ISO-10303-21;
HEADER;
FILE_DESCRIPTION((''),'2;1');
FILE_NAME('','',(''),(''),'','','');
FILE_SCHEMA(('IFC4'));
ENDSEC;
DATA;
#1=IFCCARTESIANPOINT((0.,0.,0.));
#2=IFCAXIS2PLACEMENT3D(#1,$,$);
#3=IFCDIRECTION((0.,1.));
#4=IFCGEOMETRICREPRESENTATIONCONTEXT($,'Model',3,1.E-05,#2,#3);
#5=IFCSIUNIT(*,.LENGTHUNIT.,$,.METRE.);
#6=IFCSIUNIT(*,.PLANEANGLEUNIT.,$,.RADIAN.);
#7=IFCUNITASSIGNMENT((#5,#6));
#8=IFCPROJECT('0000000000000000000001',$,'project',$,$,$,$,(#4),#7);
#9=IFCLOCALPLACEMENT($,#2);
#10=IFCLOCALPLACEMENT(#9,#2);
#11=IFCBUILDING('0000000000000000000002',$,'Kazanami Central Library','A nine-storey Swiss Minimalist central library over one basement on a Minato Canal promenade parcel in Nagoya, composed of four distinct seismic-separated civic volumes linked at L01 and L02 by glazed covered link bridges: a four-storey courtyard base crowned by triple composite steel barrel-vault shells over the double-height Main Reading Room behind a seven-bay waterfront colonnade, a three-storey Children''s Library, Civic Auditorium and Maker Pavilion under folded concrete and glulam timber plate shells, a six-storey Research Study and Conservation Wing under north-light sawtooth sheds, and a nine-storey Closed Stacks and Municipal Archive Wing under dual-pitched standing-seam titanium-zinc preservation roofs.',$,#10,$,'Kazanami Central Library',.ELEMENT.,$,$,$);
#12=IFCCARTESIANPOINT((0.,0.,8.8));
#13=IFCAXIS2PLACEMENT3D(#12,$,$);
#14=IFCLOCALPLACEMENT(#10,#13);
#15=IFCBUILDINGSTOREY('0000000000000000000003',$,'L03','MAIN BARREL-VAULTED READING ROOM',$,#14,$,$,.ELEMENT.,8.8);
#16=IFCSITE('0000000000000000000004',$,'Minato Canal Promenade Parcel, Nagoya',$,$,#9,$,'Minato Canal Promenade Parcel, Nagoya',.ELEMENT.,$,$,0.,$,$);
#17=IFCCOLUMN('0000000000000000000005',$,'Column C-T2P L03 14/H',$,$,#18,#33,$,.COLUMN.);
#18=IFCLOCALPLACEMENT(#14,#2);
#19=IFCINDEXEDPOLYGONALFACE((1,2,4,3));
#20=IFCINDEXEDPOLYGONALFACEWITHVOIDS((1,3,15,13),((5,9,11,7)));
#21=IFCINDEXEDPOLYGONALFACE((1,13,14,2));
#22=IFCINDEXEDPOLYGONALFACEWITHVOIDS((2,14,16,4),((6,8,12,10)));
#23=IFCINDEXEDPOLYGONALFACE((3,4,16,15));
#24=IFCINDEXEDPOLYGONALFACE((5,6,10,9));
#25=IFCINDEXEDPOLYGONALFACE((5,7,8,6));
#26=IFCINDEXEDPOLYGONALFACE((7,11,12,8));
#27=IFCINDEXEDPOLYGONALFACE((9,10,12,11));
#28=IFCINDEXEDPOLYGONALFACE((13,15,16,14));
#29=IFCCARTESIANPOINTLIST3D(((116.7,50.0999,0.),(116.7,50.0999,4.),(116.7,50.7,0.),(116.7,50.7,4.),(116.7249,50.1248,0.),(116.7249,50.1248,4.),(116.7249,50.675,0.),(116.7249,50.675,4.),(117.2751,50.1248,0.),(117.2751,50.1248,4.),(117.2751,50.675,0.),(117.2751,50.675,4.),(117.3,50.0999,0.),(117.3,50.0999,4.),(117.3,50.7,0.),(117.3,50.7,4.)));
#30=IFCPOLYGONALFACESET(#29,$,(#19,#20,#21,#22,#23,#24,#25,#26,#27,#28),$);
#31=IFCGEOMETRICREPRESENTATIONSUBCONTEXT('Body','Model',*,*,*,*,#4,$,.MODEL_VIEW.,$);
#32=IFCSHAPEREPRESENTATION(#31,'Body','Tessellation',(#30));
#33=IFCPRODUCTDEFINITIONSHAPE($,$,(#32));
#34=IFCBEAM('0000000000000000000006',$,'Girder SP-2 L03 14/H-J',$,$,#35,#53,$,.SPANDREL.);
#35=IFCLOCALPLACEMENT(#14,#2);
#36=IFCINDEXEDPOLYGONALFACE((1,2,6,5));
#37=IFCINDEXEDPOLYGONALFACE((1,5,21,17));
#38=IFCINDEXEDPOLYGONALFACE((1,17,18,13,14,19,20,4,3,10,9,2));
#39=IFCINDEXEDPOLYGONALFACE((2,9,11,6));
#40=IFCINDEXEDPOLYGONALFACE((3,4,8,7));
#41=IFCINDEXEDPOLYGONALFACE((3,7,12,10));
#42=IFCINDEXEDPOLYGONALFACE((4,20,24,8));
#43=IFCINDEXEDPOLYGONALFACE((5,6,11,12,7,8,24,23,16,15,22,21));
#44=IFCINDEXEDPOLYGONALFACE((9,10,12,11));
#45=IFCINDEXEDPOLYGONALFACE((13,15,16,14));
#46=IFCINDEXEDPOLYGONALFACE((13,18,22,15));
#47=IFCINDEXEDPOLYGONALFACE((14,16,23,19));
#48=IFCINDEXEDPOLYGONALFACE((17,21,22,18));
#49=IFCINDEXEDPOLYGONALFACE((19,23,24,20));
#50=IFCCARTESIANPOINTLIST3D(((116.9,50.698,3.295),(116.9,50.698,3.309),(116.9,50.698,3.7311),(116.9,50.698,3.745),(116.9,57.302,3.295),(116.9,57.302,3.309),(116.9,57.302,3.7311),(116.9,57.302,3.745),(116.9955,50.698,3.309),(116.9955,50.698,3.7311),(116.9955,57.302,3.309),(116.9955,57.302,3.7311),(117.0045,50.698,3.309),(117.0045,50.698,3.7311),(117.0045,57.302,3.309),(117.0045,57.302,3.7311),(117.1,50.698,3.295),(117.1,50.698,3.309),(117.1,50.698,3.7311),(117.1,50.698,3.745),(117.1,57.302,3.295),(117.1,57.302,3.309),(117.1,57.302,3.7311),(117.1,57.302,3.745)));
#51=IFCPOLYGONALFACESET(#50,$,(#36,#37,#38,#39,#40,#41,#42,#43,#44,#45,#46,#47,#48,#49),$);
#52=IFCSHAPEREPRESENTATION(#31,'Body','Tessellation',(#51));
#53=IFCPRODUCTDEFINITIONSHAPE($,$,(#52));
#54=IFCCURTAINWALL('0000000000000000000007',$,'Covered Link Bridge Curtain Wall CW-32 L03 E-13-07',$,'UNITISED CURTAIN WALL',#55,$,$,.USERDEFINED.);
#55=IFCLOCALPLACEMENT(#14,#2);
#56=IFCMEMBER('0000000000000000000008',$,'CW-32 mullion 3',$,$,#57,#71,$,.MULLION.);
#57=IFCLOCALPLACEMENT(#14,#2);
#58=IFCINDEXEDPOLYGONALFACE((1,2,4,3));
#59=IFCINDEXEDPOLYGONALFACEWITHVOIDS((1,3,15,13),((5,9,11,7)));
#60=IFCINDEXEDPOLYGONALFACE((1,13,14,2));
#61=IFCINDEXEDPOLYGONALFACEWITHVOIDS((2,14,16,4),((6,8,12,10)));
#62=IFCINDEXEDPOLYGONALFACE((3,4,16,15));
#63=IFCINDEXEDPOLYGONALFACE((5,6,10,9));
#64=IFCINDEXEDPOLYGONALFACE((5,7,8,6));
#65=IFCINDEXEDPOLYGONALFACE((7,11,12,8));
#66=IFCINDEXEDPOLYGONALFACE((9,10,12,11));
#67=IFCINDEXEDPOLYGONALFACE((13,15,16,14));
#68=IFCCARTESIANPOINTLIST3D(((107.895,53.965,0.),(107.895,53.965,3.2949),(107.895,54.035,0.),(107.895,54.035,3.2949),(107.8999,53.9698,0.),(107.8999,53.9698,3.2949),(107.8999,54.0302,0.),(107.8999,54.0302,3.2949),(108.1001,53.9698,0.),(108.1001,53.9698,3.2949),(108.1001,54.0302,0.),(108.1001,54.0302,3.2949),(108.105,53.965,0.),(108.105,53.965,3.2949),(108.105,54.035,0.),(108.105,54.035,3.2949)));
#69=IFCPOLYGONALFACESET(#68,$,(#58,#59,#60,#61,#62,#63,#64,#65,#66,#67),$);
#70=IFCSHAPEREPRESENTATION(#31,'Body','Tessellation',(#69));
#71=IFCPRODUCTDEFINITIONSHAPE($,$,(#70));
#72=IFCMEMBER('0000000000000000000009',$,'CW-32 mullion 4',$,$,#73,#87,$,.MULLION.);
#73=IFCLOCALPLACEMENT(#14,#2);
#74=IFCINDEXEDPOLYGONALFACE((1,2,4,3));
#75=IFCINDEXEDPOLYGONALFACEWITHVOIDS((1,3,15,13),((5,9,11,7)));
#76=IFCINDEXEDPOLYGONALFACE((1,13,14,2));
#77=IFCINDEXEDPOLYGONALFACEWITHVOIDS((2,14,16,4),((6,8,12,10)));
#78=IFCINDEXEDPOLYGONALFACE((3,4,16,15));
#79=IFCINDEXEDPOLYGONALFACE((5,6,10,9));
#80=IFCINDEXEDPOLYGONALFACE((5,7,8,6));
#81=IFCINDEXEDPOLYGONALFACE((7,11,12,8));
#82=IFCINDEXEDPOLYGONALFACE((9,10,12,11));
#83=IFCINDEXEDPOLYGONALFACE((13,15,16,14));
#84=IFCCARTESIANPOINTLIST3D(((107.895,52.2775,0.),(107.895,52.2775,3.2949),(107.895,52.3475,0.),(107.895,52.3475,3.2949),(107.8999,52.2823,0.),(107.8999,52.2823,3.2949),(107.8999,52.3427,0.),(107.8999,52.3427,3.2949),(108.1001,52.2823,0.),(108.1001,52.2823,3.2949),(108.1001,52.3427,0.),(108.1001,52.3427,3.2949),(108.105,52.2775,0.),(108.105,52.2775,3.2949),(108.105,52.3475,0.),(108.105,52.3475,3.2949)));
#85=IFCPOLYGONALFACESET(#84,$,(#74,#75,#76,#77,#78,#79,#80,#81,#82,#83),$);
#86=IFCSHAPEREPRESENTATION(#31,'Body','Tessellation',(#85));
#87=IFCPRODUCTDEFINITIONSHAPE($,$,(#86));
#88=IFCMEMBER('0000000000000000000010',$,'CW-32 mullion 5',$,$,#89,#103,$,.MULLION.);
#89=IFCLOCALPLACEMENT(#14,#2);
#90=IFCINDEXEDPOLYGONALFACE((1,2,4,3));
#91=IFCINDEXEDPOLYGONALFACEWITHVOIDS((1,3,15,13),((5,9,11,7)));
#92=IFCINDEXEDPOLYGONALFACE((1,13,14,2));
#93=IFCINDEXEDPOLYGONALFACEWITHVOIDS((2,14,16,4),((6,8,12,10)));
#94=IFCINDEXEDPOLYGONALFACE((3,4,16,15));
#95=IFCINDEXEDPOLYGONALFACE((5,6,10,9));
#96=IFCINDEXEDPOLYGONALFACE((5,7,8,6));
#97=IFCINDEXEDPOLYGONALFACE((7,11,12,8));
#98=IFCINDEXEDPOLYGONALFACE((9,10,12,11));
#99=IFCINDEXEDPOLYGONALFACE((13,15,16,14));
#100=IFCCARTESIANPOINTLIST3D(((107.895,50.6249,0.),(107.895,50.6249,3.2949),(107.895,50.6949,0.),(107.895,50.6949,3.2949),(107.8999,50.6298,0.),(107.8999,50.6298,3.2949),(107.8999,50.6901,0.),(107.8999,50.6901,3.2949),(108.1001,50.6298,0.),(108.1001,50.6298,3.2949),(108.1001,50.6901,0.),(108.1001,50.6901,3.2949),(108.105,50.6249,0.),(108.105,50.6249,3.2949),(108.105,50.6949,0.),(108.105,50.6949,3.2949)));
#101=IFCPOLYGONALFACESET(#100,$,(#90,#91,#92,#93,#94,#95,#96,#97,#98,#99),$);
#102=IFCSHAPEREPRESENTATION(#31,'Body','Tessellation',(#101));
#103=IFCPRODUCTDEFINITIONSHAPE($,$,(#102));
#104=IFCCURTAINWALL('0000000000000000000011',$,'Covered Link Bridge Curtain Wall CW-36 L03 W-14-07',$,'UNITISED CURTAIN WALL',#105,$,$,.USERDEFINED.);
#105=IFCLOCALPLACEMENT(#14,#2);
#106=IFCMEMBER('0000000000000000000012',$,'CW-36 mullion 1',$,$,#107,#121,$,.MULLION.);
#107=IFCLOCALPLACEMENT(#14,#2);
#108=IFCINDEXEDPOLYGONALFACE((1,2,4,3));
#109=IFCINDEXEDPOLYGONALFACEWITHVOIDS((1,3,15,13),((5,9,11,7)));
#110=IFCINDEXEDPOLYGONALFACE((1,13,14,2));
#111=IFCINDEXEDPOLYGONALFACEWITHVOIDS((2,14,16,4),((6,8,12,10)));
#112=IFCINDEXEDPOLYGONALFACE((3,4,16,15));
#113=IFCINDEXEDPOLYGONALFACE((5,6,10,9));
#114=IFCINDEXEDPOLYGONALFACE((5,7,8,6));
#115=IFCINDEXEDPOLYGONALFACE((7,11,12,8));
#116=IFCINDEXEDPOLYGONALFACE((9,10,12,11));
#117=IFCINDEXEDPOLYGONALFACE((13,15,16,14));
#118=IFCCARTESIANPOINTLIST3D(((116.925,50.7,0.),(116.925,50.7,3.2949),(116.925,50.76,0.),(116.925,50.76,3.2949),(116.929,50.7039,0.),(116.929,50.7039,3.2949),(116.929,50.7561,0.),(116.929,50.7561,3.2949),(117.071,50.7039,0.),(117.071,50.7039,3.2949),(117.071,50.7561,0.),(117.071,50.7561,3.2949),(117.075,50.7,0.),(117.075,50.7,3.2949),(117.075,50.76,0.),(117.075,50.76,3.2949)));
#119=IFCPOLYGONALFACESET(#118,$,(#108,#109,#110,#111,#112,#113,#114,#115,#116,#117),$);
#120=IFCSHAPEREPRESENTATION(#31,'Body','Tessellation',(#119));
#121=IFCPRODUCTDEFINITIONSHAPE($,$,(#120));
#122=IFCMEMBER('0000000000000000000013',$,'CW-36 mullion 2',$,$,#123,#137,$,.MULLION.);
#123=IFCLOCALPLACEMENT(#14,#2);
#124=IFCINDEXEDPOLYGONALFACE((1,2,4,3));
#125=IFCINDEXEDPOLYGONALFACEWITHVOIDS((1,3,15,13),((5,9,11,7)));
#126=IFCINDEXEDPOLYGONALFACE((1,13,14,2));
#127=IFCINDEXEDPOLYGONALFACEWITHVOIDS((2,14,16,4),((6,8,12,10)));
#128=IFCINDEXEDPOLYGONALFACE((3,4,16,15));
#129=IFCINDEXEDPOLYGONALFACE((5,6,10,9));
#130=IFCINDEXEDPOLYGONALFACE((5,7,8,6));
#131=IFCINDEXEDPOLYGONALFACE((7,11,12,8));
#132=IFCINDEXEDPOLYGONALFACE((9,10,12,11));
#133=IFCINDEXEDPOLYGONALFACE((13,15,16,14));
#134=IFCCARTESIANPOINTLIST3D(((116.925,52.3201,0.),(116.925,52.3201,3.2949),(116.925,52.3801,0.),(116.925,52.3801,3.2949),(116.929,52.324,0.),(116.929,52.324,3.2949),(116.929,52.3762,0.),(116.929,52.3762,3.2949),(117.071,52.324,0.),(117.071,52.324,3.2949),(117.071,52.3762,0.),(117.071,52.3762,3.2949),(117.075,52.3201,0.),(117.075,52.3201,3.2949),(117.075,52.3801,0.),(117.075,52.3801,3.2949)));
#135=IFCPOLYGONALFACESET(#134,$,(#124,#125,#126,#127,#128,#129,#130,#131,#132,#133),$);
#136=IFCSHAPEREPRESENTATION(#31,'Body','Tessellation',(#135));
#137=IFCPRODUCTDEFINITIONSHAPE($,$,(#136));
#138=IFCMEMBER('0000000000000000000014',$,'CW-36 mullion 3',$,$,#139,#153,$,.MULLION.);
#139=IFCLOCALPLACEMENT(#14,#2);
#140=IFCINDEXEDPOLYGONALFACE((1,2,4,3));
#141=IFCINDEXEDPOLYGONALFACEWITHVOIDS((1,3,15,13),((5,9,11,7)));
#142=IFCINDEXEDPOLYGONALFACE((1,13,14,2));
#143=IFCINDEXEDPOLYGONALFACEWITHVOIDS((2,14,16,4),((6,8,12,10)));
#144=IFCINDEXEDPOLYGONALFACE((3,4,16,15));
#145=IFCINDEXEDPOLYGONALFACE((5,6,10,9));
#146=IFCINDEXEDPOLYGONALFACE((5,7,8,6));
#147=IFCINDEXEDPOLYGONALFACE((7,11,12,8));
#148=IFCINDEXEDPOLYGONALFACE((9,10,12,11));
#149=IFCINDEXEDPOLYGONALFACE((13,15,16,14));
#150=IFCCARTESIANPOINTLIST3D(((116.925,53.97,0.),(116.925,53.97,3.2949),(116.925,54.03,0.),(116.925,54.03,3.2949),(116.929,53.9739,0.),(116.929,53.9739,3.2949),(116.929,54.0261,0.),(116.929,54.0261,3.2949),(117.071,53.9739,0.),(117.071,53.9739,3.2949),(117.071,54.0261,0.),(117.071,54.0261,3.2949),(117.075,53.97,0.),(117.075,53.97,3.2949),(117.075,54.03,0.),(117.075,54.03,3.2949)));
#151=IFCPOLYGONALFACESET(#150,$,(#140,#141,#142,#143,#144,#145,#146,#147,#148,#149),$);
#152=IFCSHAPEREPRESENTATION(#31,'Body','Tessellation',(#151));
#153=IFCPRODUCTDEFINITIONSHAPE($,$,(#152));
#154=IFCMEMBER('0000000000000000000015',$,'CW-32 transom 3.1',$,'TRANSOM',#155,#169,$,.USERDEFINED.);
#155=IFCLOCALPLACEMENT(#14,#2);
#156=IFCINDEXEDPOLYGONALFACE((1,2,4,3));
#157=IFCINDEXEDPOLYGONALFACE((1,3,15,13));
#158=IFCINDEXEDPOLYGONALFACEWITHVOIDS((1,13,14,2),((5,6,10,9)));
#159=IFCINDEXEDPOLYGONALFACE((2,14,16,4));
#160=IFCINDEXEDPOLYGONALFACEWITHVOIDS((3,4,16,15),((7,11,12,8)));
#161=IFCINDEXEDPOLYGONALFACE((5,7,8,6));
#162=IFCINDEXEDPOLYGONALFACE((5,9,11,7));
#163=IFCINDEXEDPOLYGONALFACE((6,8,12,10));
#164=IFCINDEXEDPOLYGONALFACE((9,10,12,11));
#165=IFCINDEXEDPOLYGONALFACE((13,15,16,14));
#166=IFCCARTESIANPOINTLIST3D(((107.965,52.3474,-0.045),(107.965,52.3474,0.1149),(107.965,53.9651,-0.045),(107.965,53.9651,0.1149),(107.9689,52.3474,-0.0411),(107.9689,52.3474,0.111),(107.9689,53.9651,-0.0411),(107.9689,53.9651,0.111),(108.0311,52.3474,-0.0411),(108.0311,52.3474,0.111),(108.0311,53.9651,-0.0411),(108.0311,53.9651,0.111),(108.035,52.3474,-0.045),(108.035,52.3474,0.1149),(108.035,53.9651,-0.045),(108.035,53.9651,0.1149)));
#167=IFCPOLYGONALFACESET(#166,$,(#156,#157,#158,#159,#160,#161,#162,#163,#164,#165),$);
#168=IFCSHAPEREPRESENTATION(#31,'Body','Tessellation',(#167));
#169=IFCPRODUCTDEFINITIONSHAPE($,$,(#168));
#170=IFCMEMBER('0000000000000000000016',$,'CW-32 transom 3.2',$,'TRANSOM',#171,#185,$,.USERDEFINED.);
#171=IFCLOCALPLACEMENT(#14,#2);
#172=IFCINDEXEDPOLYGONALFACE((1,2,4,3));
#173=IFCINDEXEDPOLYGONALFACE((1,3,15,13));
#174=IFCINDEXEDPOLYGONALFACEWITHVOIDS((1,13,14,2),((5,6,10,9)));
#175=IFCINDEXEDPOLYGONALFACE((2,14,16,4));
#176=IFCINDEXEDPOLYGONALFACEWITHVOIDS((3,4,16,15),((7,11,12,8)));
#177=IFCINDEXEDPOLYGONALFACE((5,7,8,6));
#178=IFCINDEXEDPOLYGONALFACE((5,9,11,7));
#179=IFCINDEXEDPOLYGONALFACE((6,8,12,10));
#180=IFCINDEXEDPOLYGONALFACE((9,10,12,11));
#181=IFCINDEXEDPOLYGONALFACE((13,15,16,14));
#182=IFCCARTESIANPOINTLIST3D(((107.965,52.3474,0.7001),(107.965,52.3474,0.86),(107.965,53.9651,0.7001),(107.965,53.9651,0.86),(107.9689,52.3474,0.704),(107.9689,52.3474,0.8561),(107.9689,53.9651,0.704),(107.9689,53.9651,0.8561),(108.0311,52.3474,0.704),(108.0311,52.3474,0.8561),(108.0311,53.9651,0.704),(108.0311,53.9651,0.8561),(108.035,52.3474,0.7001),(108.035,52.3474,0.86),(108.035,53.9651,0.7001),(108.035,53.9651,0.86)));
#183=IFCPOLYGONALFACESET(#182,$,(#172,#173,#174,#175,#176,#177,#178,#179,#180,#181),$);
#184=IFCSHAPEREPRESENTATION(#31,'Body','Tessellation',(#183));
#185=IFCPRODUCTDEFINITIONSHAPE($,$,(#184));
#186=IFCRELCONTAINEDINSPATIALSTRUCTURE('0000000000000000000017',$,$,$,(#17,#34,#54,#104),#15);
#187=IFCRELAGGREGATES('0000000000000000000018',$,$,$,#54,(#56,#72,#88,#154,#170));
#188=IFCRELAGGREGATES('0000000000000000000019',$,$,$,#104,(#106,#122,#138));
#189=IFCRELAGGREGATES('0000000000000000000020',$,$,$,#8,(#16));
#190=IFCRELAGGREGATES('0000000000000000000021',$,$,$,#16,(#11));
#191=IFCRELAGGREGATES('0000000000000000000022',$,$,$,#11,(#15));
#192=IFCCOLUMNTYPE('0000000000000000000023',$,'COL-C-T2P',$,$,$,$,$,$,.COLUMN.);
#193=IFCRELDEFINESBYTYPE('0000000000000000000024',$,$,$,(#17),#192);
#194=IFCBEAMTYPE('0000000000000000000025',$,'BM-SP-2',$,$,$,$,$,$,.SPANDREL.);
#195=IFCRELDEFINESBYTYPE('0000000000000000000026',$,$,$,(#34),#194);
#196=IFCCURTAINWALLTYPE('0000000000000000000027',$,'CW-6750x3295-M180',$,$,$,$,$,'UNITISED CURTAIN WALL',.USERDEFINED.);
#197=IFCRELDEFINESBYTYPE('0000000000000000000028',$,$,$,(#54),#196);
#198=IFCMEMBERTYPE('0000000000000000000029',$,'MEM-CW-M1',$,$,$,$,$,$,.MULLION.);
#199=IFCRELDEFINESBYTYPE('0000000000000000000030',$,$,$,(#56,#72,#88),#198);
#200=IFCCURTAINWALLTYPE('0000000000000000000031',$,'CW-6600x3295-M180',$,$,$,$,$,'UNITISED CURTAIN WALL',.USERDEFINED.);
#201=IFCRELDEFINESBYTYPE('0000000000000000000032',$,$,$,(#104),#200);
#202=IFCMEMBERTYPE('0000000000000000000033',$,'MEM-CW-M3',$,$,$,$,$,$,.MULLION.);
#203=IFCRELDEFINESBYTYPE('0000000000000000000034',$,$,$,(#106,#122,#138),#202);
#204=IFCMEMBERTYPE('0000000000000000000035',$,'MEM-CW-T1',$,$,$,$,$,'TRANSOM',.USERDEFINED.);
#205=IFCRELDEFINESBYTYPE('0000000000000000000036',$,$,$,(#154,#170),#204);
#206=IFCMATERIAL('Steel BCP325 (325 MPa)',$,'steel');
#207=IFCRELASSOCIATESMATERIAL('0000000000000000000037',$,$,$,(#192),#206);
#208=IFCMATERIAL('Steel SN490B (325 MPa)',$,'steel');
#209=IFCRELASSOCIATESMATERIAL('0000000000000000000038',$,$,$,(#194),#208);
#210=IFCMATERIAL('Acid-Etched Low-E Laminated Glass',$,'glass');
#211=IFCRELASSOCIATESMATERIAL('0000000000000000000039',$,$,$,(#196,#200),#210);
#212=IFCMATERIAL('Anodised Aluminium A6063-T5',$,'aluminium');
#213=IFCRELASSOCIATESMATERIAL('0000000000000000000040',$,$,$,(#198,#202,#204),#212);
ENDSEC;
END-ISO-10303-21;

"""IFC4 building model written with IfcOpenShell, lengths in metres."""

from ifc_helpers import new_model, si_unit, direction, frame, origin, origin_2d, place, context, subcontext, project, spatial, hollow_rectangle, i_section, extrude, material, material_profile, profile_set, type_object, element, aggregate, save


model = new_model("IFC4")

# Units and contexts
model_context = context("Model", 3, precision=1e-05, world=origin(), true_north=direction((0.0, 1.0)))
body_context = subcontext(model_context, "Body", "Model", "MODEL_VIEW")
ifc_project = project(units=[si_unit("LENGTHUNIT", "METRE"), si_unit("PLANEANGLEUNIT", "RADIAN")], contexts=[model_context])

# Site, building, storey
site_placement = place(None, origin())
site = spatial("IfcSite", under=ifc_project, at=site_placement, Name="Minato Canal Promenade Parcel, Nagoya", LongName="Minato Canal Promenade Parcel, Nagoya", CompositionType="ELEMENT", RefElevation=0.0)
building_placement = place(site_placement, origin())
building = spatial("IfcBuilding", under=site, at=building_placement, Name="Kazanami Central Library", Description="A nine-storey Swiss Minimalist central library over one basement on a Minato Canal promenade parcel in Nagoya, composed of four distinct seismic-separated civic volumes linked at L01 and L02 by glazed covered link bridges: a four-storey courtyard base crowned by triple composite steel barrel-vault shells over the double-height Main Reading Room behind a seven-bay waterfront colonnade, a three-storey Children's Library, Civic Auditorium and Maker Pavilion under folded concrete and glulam timber plate shells, a six-storey Research Study and Conservation Wing under north-light sawtooth sheds, and a nine-storey Closed Stacks and Municipal Archive Wing under dual-pitched standing-seam titanium-zinc preservation roofs.", LongName="Kazanami Central Library", CompositionType="ELEMENT")
storey_placement = place(building_placement, frame((0.0, 0.0, 8.8)))
storey = spatial("IfcBuildingStorey", under=building, at=storey_placement, Name="L03", Description="MAIN BARREL-VAULTED READING ROOM", CompositionType="ELEMENT", Elevation=8.8)

# Column
ifc_material_1 = material(Name="Steel BCP325 (325 MPa)", Category="steel")
ifc_material_profile_1 = material_profile(ifc_material_1, hollow_rectangle(XDim=0.6001, YDim=0.6001, WallThickness=0.0249, at=origin_2d()), Name="BCP-600x600x25")
ifc_profile_set_1 = profile_set([ifc_material_profile_1], Name="Steel BCP325 (325 MPa)")
column_type = type_object("IfcColumnType", Name="COL-C-T2P", PredefinedType="COLUMN", material=ifc_profile_set_1)
column_placement = place(storey_placement, frame((117.0, 50.3999, 0.0), z_axis=(0.0, 0.0, 1.0), x_axis=(1.0, 0.0, 0.0)))
element("IfcColumn", 1, at=column_placement, inside=storey, type_object=column_type, Name="Column C-T2P L03 14/H", PredefinedType="COLUMN", context=body_context, shape_type="SweptSolid", body=[
    extrude(hollow_rectangle(XDim=0.6001, YDim=0.6001, WallThickness=0.0249, at=origin_2d()), origin(), (0.0, 0.0, 1.0), 4.0),
])

# Beam
ifc_material_2 = material(Name="Steel SN490B (325 MPa)", Category="steel")
ifc_material_profile_2 = material_profile(ifc_material_2, i_section(OverallWidth=0.2, OverallDepth=0.45, WebThickness=0.009, FlangeThickness=0.0139, at=origin_2d()), Name="H-450x200x9x14")
ifc_profile_set_2 = profile_set([ifc_material_profile_2], Name="Steel SN490B (325 MPa)")
beam_type = type_object("IfcBeamType", Name="BM-SP-2", PredefinedType="SPANDREL", material=ifc_profile_set_2)
beam_placement = place(storey_placement, frame((117.0, 50.698, 3.52), z_axis=(0.0, 1.0, 0.0), x_axis=(-1.0, 0.0, 0.0)))
element("IfcBeam", 2, at=beam_placement, inside=storey, type_object=beam_type, Name="Girder SP-2 L03 14/H-J", PredefinedType="SPANDREL", context=body_context, shape_type="SweptSolid", body=[
    extrude(i_section(OverallWidth=0.2, OverallDepth=0.45, WebThickness=0.009, FlangeThickness=0.0139, at=origin_2d()), origin(), (0.0, 0.0, 1.0), 6.604),
])

# Curtain walls, members
ifc_material_3 = material(Name="Acid-Etched Low-E Laminated Glass", Category="glass")
curtain_wall_type_1 = type_object("IfcCurtainWallType", Name="CW-6750x3295-M180", ElementType="UNITISED CURTAIN WALL", PredefinedType="USERDEFINED", material=ifc_material_3)
curtain_wall_1_placement = place(storey_placement, origin())
curtain_wall_1 = element("IfcCurtainWall", 3, at=curtain_wall_1_placement, inside=storey, type_object=curtain_wall_type_1, Name="Covered Link Bridge Curtain Wall CW-32 L03 E-13-07", ObjectType="UNITISED CURTAIN WALL", PredefinedType="USERDEFINED")
ifc_material_4 = material(Name="Anodised Aluminium A6063-T5", Category="aluminium")
ifc_material_profile_3 = material_profile(ifc_material_4, hollow_rectangle(XDim=0.0701, YDim=0.21, WallThickness=0.0049, at=origin_2d()), Name="ALU-MULL-70x210x5")
ifc_profile_set_3 = profile_set([ifc_material_profile_3], Name="Anodised Aluminium A6063-T5")
member_type_1 = type_object("IfcMemberType", Name="MEM-CW-M1", PredefinedType="MULLION", material=ifc_profile_set_3)
member_1_placement = place(storey_placement, frame((108.0, 54.0, 0.0), z_axis=(0.0, 0.0, 1.0), x_axis=(0.0, -1.0, 0.0)))
member_1 = element("IfcMember", 4, at=member_1_placement, type_object=member_type_1, Name="CW-32 mullion 3", PredefinedType="MULLION", context=body_context, shape_type="SweptSolid", body=[
    extrude(hollow_rectangle(XDim=0.0701, YDim=0.21, WallThickness=0.0049, at=origin_2d()), origin(), (0.0, 0.0, 1.0), 3.2949),
])
member_2_placement = place(storey_placement, frame((108.0, 52.3125, 0.0), z_axis=(0.0, 0.0, 1.0), x_axis=(0.0, -1.0, 0.0)))
member_2 = element("IfcMember", 5, at=member_2_placement, type_object=member_type_1, Name="CW-32 mullion 4", PredefinedType="MULLION", context=body_context, shape_type="SweptSolid", body=[
    extrude(hollow_rectangle(XDim=0.0701, YDim=0.21, WallThickness=0.0049, at=origin_2d()), origin(), (0.0, 0.0, 1.0), 3.2949),
])
member_3_placement = place(storey_placement, frame((108.0, 50.6599, 0.0), z_axis=(0.0, 0.0, 1.0), x_axis=(0.0, -1.0, 0.0)))
member_3 = element("IfcMember", 6, at=member_3_placement, type_object=member_type_1, Name="CW-32 mullion 5", PredefinedType="MULLION", context=body_context, shape_type="SweptSolid", body=[
    extrude(hollow_rectangle(XDim=0.0701, YDim=0.21, WallThickness=0.0049, at=origin_2d()), origin(), (0.0, 0.0, 1.0), 3.2949),
])
curtain_wall_type_2 = type_object("IfcCurtainWallType", Name="CW-6600x3295-M180", ElementType="UNITISED CURTAIN WALL", PredefinedType="USERDEFINED", material=ifc_material_3)
curtain_wall_2_placement = place(storey_placement, origin())
curtain_wall_2 = element("IfcCurtainWall", 7, at=curtain_wall_2_placement, inside=storey, type_object=curtain_wall_type_2, Name="Covered Link Bridge Curtain Wall CW-36 L03 W-14-07", ObjectType="UNITISED CURTAIN WALL", PredefinedType="USERDEFINED")
ifc_material_profile_4 = material_profile(ifc_material_4, hollow_rectangle(XDim=0.0601, YDim=0.1499, WallThickness=0.0039, at=origin_2d()), Name="ALU-MULL-60x150x4")
ifc_profile_set_4 = profile_set([ifc_material_profile_4], Name="Anodised Aluminium A6063-T5")
member_type_2 = type_object("IfcMemberType", Name="MEM-CW-M3", PredefinedType="MULLION", material=ifc_profile_set_4)
member_4_placement = place(storey_placement, frame((117.0, 50.73, 0.0), z_axis=(0.0, 0.0, 1.0), x_axis=(0.0, 1.0, 0.0)))
member_4 = element("IfcMember", 8, at=member_4_placement, type_object=member_type_2, Name="CW-36 mullion 1", PredefinedType="MULLION", context=body_context, shape_type="SweptSolid", body=[
    extrude(hollow_rectangle(XDim=0.0601, YDim=0.1499, WallThickness=0.0039, at=origin_2d()), origin(), (0.0, 0.0, 1.0), 3.2949),
])
member_5_placement = place(storey_placement, frame((117.0, 52.3501, 0.0), z_axis=(0.0, 0.0, 1.0), x_axis=(0.0, 1.0, 0.0)))
member_5 = element("IfcMember", 9, at=member_5_placement, type_object=member_type_2, Name="CW-36 mullion 2", PredefinedType="MULLION", context=body_context, shape_type="SweptSolid", body=[
    extrude(hollow_rectangle(XDim=0.0601, YDim=0.1499, WallThickness=0.0039, at=origin_2d()), origin(), (0.0, 0.0, 1.0), 3.2949),
])
member_6_placement = place(storey_placement, frame((117.0, 54.0, 0.0), z_axis=(0.0, 0.0, 1.0), x_axis=(0.0, 1.0, 0.0)))
member_6 = element("IfcMember", 10, at=member_6_placement, type_object=member_type_2, Name="CW-36 mullion 3", PredefinedType="MULLION", context=body_context, shape_type="SweptSolid", body=[
    extrude(hollow_rectangle(XDim=0.0601, YDim=0.1499, WallThickness=0.0039, at=origin_2d()), origin(), (0.0, 0.0, 1.0), 3.2949),
])

# Members
ifc_material_profile_5 = material_profile(ifc_material_4, hollow_rectangle(XDim=0.0701, YDim=0.1599, WallThickness=0.0039, at=origin_2d()), Name="ALU-TRAN-70x160x4")
ifc_profile_set_5 = profile_set([ifc_material_profile_5], Name="Anodised Aluminium A6063-T5")
member_type_3 = type_object("IfcMemberType", Name="MEM-CW-T1", ElementType="TRANSOM", PredefinedType="USERDEFINED", material=ifc_profile_set_5)
member_7_placement = place(storey_placement, frame((108.0, 53.9651, 0.0349), z_axis=(0.0, -1.0, 0.0), x_axis=(1.0, 0.0, 0.0)))
member_7 = element("IfcMember", 11, at=member_7_placement, type_object=member_type_3, Name="CW-32 transom 3.1", ObjectType="TRANSOM", PredefinedType="USERDEFINED", context=body_context, shape_type="SweptSolid", body=[
    extrude(hollow_rectangle(XDim=0.0701, YDim=0.1599, WallThickness=0.0039, at=origin_2d()), origin(), (0.0, 0.0, 1.0), 1.6177),
])
member_8_placement = place(storey_placement, frame((108.0, 53.9651, 0.78), z_axis=(0.0, -1.0, 0.0), x_axis=(1.0, 0.0, 0.0)))
member_8 = element("IfcMember", 12, at=member_8_placement, type_object=member_type_3, Name="CW-32 transom 3.2", ObjectType="TRANSOM", PredefinedType="USERDEFINED", context=body_context, shape_type="SweptSolid", body=[
    extrude(hollow_rectangle(XDim=0.0701, YDim=0.1599, WallThickness=0.0039, at=origin_2d()), origin(), (0.0, 0.0, 1.0), 1.6177),
])

aggregate(curtain_wall_1, [member_1, member_2, member_3, member_7, member_8])
aggregate(curtain_wall_2, [member_4, member_5, member_6])

save(model, "model.ifc")
